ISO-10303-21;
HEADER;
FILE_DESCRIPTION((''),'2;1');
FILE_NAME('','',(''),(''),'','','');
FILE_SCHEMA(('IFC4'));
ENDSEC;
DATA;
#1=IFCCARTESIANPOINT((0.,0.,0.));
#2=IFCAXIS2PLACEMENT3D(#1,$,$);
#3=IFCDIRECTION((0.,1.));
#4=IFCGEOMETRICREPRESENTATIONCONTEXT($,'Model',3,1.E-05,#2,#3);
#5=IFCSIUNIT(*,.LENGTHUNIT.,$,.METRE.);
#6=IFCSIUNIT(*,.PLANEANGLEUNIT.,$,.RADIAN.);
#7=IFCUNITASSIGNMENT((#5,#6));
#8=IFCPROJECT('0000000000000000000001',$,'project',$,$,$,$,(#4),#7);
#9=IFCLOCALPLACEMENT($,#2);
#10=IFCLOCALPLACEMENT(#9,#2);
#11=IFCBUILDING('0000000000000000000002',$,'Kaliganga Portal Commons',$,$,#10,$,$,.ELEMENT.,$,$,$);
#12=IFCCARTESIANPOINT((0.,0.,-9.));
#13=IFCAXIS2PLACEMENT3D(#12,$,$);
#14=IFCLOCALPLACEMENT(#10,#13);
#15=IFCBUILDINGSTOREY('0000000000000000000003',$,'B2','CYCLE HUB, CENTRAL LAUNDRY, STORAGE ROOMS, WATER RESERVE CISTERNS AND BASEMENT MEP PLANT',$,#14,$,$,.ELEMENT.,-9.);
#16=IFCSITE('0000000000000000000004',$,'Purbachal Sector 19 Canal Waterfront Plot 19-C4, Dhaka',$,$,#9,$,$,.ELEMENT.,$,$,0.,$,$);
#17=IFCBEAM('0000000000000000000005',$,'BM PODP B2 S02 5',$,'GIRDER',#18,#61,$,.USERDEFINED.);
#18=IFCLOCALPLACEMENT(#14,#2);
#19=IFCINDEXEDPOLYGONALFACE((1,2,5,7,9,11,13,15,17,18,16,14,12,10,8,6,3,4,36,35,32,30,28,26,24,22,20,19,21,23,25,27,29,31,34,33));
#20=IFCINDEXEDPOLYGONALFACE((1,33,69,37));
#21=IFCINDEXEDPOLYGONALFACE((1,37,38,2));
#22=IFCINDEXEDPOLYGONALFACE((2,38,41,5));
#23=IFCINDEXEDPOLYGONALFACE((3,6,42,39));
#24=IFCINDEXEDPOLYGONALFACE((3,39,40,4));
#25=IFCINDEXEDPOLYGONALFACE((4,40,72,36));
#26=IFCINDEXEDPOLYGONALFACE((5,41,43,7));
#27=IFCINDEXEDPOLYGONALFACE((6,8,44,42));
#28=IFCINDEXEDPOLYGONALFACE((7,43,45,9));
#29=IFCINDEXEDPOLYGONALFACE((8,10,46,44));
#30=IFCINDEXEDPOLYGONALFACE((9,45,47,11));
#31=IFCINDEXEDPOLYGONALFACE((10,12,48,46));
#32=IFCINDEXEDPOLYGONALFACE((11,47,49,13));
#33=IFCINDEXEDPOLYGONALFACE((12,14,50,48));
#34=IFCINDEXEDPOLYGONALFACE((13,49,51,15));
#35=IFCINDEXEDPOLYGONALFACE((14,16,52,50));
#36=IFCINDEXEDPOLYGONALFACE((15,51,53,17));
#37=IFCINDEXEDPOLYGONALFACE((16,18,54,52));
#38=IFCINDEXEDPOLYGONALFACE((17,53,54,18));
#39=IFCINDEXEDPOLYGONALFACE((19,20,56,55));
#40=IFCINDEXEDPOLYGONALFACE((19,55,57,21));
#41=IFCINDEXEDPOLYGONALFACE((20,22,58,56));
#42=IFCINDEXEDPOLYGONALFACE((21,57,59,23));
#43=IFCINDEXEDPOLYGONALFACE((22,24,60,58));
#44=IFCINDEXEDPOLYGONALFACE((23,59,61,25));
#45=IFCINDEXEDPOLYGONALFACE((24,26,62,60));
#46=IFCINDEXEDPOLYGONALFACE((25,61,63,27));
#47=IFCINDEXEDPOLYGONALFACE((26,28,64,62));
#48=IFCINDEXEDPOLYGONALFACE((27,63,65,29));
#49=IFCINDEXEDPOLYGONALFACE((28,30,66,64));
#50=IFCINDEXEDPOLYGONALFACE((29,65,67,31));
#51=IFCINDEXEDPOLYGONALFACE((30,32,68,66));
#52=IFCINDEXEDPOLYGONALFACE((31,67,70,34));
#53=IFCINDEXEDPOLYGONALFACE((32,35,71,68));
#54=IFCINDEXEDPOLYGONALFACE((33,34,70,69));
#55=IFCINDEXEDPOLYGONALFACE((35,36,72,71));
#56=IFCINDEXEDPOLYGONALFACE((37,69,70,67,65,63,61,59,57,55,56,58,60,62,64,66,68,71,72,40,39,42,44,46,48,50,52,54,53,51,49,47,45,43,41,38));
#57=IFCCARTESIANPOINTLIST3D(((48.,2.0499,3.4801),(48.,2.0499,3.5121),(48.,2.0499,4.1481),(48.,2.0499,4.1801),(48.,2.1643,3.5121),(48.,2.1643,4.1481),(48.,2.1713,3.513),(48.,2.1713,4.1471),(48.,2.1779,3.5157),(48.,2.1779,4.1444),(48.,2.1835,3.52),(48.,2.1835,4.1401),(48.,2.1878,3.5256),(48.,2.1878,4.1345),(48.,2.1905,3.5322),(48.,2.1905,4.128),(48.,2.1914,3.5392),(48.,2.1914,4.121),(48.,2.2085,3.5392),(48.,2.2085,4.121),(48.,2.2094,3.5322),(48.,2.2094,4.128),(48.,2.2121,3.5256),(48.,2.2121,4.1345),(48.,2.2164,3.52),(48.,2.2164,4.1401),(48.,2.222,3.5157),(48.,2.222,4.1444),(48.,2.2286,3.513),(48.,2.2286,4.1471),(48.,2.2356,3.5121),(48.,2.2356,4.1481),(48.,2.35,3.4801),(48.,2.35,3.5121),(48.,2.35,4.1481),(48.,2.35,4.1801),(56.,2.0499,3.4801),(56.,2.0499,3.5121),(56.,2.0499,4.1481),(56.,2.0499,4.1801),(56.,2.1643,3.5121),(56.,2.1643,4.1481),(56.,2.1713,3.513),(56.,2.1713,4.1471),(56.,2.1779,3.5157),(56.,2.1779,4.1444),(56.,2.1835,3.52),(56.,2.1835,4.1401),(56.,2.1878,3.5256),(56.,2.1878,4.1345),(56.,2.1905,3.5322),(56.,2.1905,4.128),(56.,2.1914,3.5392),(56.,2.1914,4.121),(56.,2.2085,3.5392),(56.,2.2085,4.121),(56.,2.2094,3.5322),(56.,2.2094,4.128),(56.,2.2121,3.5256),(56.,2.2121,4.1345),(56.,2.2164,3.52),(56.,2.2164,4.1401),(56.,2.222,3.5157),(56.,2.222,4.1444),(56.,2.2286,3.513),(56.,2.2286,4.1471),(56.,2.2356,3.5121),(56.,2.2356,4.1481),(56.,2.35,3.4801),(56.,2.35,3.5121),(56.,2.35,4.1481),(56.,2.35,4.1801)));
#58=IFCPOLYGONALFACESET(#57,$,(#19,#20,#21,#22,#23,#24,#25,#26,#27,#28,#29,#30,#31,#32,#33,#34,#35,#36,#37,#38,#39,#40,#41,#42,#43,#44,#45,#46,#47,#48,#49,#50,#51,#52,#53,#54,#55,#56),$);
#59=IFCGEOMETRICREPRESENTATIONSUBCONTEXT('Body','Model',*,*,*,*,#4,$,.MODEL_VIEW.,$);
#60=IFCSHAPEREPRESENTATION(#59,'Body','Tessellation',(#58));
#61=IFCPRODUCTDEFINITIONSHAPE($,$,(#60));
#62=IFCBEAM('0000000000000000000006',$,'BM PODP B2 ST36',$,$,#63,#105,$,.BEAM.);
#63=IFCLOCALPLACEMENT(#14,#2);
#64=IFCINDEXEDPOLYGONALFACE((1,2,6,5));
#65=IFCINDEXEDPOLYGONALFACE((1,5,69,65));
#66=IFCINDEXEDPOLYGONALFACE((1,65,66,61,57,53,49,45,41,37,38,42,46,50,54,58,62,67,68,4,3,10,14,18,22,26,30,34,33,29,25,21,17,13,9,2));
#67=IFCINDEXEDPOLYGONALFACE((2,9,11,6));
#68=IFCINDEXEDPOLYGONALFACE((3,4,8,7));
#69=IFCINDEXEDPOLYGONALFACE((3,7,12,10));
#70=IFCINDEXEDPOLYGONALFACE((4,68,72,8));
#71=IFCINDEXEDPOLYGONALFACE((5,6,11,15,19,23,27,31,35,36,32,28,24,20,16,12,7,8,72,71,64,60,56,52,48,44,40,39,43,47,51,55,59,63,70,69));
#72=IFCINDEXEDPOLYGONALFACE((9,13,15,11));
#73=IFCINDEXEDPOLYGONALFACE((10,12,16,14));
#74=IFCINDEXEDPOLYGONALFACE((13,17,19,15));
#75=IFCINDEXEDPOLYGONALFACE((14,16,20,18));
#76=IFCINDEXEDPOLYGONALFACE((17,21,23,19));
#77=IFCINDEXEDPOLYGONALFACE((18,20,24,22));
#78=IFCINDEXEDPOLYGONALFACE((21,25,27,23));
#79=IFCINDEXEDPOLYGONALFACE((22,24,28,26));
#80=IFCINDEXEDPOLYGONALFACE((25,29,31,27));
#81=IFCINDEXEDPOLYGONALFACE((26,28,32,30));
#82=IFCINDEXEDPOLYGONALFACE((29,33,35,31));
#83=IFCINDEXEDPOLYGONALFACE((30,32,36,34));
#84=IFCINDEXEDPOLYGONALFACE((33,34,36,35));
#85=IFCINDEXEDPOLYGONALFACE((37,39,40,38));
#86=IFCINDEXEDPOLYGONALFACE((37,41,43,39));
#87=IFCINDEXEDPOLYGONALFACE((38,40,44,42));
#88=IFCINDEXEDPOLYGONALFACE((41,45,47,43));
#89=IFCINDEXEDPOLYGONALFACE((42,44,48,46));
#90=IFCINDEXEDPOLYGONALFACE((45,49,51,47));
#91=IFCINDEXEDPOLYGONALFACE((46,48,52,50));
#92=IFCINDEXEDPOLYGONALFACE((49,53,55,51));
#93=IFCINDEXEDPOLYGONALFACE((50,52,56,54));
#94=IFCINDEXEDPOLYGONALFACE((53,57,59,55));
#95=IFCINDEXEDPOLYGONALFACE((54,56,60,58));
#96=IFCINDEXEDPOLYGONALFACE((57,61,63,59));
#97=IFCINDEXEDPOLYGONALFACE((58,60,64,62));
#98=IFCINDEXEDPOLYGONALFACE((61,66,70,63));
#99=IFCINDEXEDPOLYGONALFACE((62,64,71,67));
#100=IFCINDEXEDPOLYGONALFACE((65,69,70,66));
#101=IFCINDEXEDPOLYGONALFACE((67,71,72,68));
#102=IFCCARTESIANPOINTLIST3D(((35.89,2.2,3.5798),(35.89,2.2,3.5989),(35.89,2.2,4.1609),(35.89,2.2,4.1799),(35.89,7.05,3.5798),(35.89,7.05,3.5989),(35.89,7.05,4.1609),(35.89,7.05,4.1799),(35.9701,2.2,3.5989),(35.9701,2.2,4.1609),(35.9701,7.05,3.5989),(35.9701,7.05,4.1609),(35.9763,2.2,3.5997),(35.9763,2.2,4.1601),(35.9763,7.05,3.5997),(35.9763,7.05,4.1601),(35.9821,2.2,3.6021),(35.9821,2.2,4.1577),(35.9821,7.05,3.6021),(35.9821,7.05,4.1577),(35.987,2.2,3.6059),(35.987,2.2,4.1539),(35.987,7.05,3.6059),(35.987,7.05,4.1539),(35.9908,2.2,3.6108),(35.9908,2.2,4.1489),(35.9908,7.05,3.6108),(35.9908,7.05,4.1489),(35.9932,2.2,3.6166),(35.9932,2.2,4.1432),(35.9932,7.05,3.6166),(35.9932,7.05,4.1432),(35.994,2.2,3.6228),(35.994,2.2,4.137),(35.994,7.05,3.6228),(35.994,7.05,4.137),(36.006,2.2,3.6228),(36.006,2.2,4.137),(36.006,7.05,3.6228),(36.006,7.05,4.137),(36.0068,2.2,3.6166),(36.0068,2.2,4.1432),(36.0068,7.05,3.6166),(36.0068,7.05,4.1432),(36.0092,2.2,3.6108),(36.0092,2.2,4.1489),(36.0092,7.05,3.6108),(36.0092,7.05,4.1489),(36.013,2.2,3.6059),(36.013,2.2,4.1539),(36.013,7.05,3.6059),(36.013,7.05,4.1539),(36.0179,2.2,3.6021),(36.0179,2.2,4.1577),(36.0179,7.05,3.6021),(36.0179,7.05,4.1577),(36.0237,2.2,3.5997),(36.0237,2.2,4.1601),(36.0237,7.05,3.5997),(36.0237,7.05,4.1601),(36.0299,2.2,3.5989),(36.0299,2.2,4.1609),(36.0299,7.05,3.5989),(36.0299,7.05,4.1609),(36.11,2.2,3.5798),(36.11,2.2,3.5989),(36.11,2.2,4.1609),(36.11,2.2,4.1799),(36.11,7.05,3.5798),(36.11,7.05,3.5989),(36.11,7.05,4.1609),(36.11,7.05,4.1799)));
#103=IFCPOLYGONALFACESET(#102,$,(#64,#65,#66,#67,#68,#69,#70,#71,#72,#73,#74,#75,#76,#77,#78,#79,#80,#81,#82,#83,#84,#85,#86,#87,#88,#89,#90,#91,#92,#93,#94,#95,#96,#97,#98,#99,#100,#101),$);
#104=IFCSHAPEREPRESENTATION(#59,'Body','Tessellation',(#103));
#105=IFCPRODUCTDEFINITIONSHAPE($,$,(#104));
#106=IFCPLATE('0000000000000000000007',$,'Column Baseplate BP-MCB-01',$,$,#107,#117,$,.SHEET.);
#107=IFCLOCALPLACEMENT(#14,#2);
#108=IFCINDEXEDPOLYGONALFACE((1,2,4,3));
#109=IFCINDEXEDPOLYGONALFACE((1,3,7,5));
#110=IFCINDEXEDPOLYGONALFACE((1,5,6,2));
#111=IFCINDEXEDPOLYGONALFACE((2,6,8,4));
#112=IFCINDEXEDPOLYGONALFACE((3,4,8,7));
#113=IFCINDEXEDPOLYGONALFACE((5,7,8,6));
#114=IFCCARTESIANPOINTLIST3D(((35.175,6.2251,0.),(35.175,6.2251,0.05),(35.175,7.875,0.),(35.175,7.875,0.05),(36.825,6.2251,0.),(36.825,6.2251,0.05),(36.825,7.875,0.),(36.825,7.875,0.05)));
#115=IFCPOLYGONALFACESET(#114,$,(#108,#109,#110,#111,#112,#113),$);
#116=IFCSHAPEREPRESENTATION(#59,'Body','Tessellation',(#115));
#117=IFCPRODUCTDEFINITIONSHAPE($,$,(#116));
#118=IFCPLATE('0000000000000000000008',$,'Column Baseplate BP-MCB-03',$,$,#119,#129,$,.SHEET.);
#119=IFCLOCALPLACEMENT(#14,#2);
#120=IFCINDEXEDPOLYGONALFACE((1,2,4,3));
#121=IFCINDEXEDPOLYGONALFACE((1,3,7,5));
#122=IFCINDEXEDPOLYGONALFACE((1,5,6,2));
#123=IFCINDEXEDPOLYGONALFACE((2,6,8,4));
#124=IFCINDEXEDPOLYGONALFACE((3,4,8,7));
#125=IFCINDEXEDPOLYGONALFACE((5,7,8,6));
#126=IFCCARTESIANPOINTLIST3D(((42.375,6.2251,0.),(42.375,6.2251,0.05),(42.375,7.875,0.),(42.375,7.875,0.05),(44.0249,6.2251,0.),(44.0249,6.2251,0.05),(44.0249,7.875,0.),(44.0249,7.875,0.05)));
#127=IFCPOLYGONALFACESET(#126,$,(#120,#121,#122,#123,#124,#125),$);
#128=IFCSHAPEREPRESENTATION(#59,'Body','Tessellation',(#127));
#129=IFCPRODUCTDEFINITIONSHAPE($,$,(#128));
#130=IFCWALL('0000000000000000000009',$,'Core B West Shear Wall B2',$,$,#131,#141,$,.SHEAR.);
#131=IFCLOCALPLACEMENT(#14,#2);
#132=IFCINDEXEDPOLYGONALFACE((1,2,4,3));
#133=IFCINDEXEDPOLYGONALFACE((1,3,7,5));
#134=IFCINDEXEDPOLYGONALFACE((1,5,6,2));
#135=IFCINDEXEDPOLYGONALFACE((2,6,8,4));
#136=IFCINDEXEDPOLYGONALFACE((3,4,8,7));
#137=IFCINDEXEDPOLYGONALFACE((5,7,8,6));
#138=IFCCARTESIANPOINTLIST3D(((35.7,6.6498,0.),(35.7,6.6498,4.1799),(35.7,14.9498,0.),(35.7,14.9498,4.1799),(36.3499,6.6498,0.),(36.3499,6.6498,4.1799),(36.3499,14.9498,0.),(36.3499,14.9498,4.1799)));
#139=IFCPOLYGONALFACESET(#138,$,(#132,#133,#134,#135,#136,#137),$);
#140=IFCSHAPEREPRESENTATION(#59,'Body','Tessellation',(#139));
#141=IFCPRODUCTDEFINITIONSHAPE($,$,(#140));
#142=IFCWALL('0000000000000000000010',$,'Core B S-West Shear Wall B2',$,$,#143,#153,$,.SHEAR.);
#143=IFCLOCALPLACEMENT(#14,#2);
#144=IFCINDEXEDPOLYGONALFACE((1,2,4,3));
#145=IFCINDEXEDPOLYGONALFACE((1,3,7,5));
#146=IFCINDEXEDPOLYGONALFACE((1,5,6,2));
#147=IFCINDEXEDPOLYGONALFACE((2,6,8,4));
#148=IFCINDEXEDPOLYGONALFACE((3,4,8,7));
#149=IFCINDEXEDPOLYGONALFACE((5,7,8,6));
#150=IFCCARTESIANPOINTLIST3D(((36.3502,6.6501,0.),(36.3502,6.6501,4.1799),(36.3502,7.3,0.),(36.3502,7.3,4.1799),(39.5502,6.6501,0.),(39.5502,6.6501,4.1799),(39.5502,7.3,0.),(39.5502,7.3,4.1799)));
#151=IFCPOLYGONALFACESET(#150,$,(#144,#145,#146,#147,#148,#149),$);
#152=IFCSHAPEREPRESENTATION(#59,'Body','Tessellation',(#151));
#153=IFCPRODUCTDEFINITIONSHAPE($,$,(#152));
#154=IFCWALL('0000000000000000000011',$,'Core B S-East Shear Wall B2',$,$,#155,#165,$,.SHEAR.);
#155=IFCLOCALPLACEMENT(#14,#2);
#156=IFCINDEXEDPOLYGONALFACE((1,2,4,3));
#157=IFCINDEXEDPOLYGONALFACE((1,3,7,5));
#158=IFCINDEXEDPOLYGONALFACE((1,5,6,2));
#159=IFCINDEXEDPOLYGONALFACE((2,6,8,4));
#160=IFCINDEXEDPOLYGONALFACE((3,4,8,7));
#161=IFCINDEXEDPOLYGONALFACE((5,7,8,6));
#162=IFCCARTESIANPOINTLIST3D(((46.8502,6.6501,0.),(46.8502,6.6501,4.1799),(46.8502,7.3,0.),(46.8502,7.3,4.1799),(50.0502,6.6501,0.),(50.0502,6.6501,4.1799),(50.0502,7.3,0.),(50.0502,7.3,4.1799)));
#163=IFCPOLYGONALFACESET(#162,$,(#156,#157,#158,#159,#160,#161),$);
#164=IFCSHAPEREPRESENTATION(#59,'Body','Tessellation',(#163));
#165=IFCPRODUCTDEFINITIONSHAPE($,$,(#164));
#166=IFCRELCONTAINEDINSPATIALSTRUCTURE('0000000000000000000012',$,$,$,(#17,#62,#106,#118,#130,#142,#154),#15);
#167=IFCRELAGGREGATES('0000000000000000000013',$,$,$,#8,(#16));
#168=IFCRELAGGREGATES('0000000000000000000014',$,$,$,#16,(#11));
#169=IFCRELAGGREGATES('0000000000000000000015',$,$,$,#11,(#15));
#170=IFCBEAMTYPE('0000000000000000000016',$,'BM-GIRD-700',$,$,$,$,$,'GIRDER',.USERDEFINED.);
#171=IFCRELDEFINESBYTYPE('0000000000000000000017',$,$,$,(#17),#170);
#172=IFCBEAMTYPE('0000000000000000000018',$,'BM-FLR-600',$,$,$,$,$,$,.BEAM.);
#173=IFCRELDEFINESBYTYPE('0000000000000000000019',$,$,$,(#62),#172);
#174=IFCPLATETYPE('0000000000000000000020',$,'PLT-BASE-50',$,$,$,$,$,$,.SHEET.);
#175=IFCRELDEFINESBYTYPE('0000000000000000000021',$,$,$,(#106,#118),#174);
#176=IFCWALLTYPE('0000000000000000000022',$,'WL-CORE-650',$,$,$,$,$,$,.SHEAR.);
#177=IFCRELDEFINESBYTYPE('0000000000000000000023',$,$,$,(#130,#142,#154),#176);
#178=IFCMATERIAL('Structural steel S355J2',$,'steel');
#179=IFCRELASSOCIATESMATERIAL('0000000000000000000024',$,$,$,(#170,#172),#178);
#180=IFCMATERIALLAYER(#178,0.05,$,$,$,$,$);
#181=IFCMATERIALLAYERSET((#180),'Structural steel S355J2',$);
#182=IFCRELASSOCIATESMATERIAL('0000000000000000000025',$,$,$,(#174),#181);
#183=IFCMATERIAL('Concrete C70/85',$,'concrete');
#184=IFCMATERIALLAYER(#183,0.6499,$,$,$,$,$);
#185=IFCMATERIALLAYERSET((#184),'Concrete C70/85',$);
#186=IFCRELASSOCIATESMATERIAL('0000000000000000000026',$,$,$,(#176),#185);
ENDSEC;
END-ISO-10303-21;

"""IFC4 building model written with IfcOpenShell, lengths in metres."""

from ifc_helpers import new_model, si_unit, direction, frame, frame_2d, origin, origin_2d, place, context, subcontext, project, spatial, rectangle, i_section, extrude, source, transform, mapped, material, layer, layer_set, material_profile, profile_set, type_object, element, save


model = new_model("IFC4")

# Units and contexts
model_context = context("Model", 3, precision=1e-05, world=origin(), true_north=direction((0.0, 1.0)))
body_context = subcontext(model_context, "Body", "Model", "MODEL_VIEW")
ifc_project = project(units=[si_unit("LENGTHUNIT", "METRE"), si_unit("PLANEANGLEUNIT", "RADIAN")], contexts=[model_context])

# Site, building, storey
site_placement = place(None, origin())
site = spatial("IfcSite", under=ifc_project, at=site_placement, Name="Purbachal Sector 19 Canal Waterfront Plot 19-C4, Dhaka", CompositionType="ELEMENT", RefElevation=0.0)
building_placement = place(site_placement, origin())
building = spatial("IfcBuilding", under=site, at=building_placement, Name="Kaliganga Portal Commons", CompositionType="ELEMENT")
storey_placement = place(building_placement, frame((0.0, 0.0, -9.0)))
storey = spatial("IfcBuildingStorey", under=building, at=storey_placement, Name="B2", Description="CYCLE HUB, CENTRAL LAUNDRY, STORAGE ROOMS, WATER RESERVE CISTERNS AND BASEMENT MEP PLANT", CompositionType="ELEMENT", Elevation=-9.0)

# Shared definitions
ifc_material_1 = material(Name="Structural steel S355J2", Category="steel")
ifc_material_2 = material(Name="Concrete C70/85", Category="concrete")

# Beams
ifc_material_profile_1 = material_profile(ifc_material_1, i_section(OverallWidth=0.3, OverallDepth=0.7, WebThickness=0.0171, FlangeThickness=0.032, FilletRadius=0.0271, at=origin_2d()), Name="HE 700 B")
ifc_profile_set_1 = profile_set([ifc_material_profile_1], Name="Structural steel S355J2 wide-flange")
beam_type_1 = type_object("IfcBeamType", Name="BM-GIRD-700", ElementType="GIRDER", PredefinedType="USERDEFINED", material=ifc_profile_set_1)
shared_shape_1 = source(origin(), body_context, "Body", "SweptSolid", [
    extrude(i_section(OverallWidth=0.3, OverallDepth=0.7, WebThickness=0.0171, FlangeThickness=0.032, FilletRadius=0.0271, at=origin_2d()), origin(), (0.0, 0.0, 1.0), 8.0),
])
beam_1_placement = place(storey_placement, frame((48.0, 2.2, 3.8301), z_axis=(1.0, 0.0, 0.0), x_axis=(0.0, 1.0, 0.0)))
element("IfcBeam", 1, at=beam_1_placement, inside=storey, type_object=beam_type_1, Name="BM PODP B2 S02 5", ObjectType="GIRDER", PredefinedType="USERDEFINED", context=body_context, shape_type="MappedRepresentation", body=[
    mapped(shared_shape_1, transform((0.0, 0.0, 0.0), x_axis=(1.0, 0.0, 0.0), y_axis=(0.0, 1.0, 0.0), z_axis=(0.0, 0.0, 1.0), scale=1.0)),
])
ifc_material_profile_2 = material_profile(ifc_material_1, i_section(OverallWidth=0.22, OverallDepth=0.6001, WebThickness=0.012, FlangeThickness=0.019, FilletRadius=0.0239, at=origin_2d()), Name="IPE 600")
ifc_profile_set_2 = profile_set([ifc_material_profile_2], Name="Structural steel S355J2 wide-flange")
beam_type_2 = type_object("IfcBeamType", Name="BM-FLR-600", PredefinedType="BEAM", material=ifc_profile_set_2)
shared_shape_2 = source(origin(), body_context, "Body", "SweptSolid", [
    extrude(i_section(OverallWidth=0.22, OverallDepth=0.6001, WebThickness=0.012, FlangeThickness=0.019, FilletRadius=0.0239, at=origin_2d()), origin(), (0.0, 0.0, 1.0), 4.8501),
])
beam_2_placement = place(storey_placement, frame((36.0, 2.2, 3.8799), z_axis=(0.0, 1.0, 0.0), x_axis=(-1.0, 0.0, 0.0)))
element("IfcBeam", 2, at=beam_2_placement, inside=storey, type_object=beam_type_2, Name="BM PODP B2 ST36", PredefinedType="BEAM", context=body_context, shape_type="MappedRepresentation", body=[
    mapped(shared_shape_2, transform((0.0, 0.0, 0.0), x_axis=(1.0, 0.0, 0.0), y_axis=(0.0, 1.0, 0.0), z_axis=(0.0, 0.0, 1.0), scale=1.0)),
])

# Plates
ifc_layer_1 = layer(ifc_material_1, 0.05)
ifc_layer_set_1 = layer_set([ifc_layer_1], Name="Structural steel S355J2")
plate_type = type_object("IfcPlateType", Name="PLT-BASE-50", PredefinedType="SHEET", material=ifc_layer_set_1)
shared_shape_3 = source(origin(), body_context, "Body", "SweptSolid", [
    extrude(rectangle(XDim=1.6499, YDim=1.6499, at=origin_2d()), origin(), (0.0, 0.0, 1.0), 0.05),
])
for number, where, z_axis, x_axis, name in (
    (3, (36.0, 7.05, 0.0), (0.0, 0.0, 1.0), (1.0, 0.0, 0.0), "Column Baseplate BP-MCB-01"),
    (4, (43.2, 7.05, 0.0), (0.0, 0.0, 1.0), (1.0, 0.0, 0.0), "Column Baseplate BP-MCB-03"),
):
    element("IfcPlate", number, at=place(storey_placement, frame(where, z_axis=z_axis, x_axis=x_axis)), inside=storey, type_object=plate_type, Name=name, PredefinedType="SHEET", context=body_context, shape_type="MappedRepresentation", body=[
        mapped(shared_shape_3, transform((0.0, 0.0, 0.0), x_axis=(1.0, 0.0, 0.0), y_axis=(0.0, 1.0, 0.0), z_axis=(0.0, 0.0, 1.0), scale=1.0)),
    ])

# Walls
ifc_layer_2 = layer(ifc_material_2, 0.6499)
ifc_layer_set_2 = layer_set([ifc_layer_2], Name="Concrete C70/85")
wall_type_1 = type_object("IfcWallType", Name="WL-CORE-650", PredefinedType="SHEAR", material=ifc_layer_set_2)
wall_1_placement = place(storey_placement, frame((36.0249, 6.6499, 0.0), z_axis=(0.0, 0.0, 1.0), x_axis=(0.0, 1.0, 0.0)))
element("IfcWall", 5, at=wall_1_placement, inside=storey, type_object=wall_type_1, Name="Core B West Shear Wall B2", PredefinedType="SHEAR", context=body_context, shape_type="SweptSolid", body=[
    extrude(rectangle(XDim=8.3, YDim=0.6499, at=frame_2d((4.1499, 0.0))), origin(), (0.0, 0.0, 1.0), 4.1799),
])
for number, where, z_axis, x_axis, name in (
    (6, (36.3501, 6.9751, 0.0), (0.0, 0.0, 1.0), (1.0, 0.0, 0.0), "Core B S-West Shear Wall B2"),
    (7, (46.8501, 6.9751, 0.0), (0.0, 0.0, 1.0), (1.0, 0.0, 0.0), "Core B S-East Shear Wall B2"),
):
    element("IfcWall", number, at=place(storey_placement, frame(where, z_axis=z_axis, x_axis=x_axis)), inside=storey, type_object=wall_type_1, Name=name, PredefinedType="SHEAR", context=body_context, shape_type="SweptSolid", body=[
        extrude(rectangle(XDim=3.2, YDim=0.6499, at=frame_2d((1.6001, 0.0))), origin(), (0.0, 0.0, 1.0), 4.1799),
    ])

save(model, "model.ifc")
